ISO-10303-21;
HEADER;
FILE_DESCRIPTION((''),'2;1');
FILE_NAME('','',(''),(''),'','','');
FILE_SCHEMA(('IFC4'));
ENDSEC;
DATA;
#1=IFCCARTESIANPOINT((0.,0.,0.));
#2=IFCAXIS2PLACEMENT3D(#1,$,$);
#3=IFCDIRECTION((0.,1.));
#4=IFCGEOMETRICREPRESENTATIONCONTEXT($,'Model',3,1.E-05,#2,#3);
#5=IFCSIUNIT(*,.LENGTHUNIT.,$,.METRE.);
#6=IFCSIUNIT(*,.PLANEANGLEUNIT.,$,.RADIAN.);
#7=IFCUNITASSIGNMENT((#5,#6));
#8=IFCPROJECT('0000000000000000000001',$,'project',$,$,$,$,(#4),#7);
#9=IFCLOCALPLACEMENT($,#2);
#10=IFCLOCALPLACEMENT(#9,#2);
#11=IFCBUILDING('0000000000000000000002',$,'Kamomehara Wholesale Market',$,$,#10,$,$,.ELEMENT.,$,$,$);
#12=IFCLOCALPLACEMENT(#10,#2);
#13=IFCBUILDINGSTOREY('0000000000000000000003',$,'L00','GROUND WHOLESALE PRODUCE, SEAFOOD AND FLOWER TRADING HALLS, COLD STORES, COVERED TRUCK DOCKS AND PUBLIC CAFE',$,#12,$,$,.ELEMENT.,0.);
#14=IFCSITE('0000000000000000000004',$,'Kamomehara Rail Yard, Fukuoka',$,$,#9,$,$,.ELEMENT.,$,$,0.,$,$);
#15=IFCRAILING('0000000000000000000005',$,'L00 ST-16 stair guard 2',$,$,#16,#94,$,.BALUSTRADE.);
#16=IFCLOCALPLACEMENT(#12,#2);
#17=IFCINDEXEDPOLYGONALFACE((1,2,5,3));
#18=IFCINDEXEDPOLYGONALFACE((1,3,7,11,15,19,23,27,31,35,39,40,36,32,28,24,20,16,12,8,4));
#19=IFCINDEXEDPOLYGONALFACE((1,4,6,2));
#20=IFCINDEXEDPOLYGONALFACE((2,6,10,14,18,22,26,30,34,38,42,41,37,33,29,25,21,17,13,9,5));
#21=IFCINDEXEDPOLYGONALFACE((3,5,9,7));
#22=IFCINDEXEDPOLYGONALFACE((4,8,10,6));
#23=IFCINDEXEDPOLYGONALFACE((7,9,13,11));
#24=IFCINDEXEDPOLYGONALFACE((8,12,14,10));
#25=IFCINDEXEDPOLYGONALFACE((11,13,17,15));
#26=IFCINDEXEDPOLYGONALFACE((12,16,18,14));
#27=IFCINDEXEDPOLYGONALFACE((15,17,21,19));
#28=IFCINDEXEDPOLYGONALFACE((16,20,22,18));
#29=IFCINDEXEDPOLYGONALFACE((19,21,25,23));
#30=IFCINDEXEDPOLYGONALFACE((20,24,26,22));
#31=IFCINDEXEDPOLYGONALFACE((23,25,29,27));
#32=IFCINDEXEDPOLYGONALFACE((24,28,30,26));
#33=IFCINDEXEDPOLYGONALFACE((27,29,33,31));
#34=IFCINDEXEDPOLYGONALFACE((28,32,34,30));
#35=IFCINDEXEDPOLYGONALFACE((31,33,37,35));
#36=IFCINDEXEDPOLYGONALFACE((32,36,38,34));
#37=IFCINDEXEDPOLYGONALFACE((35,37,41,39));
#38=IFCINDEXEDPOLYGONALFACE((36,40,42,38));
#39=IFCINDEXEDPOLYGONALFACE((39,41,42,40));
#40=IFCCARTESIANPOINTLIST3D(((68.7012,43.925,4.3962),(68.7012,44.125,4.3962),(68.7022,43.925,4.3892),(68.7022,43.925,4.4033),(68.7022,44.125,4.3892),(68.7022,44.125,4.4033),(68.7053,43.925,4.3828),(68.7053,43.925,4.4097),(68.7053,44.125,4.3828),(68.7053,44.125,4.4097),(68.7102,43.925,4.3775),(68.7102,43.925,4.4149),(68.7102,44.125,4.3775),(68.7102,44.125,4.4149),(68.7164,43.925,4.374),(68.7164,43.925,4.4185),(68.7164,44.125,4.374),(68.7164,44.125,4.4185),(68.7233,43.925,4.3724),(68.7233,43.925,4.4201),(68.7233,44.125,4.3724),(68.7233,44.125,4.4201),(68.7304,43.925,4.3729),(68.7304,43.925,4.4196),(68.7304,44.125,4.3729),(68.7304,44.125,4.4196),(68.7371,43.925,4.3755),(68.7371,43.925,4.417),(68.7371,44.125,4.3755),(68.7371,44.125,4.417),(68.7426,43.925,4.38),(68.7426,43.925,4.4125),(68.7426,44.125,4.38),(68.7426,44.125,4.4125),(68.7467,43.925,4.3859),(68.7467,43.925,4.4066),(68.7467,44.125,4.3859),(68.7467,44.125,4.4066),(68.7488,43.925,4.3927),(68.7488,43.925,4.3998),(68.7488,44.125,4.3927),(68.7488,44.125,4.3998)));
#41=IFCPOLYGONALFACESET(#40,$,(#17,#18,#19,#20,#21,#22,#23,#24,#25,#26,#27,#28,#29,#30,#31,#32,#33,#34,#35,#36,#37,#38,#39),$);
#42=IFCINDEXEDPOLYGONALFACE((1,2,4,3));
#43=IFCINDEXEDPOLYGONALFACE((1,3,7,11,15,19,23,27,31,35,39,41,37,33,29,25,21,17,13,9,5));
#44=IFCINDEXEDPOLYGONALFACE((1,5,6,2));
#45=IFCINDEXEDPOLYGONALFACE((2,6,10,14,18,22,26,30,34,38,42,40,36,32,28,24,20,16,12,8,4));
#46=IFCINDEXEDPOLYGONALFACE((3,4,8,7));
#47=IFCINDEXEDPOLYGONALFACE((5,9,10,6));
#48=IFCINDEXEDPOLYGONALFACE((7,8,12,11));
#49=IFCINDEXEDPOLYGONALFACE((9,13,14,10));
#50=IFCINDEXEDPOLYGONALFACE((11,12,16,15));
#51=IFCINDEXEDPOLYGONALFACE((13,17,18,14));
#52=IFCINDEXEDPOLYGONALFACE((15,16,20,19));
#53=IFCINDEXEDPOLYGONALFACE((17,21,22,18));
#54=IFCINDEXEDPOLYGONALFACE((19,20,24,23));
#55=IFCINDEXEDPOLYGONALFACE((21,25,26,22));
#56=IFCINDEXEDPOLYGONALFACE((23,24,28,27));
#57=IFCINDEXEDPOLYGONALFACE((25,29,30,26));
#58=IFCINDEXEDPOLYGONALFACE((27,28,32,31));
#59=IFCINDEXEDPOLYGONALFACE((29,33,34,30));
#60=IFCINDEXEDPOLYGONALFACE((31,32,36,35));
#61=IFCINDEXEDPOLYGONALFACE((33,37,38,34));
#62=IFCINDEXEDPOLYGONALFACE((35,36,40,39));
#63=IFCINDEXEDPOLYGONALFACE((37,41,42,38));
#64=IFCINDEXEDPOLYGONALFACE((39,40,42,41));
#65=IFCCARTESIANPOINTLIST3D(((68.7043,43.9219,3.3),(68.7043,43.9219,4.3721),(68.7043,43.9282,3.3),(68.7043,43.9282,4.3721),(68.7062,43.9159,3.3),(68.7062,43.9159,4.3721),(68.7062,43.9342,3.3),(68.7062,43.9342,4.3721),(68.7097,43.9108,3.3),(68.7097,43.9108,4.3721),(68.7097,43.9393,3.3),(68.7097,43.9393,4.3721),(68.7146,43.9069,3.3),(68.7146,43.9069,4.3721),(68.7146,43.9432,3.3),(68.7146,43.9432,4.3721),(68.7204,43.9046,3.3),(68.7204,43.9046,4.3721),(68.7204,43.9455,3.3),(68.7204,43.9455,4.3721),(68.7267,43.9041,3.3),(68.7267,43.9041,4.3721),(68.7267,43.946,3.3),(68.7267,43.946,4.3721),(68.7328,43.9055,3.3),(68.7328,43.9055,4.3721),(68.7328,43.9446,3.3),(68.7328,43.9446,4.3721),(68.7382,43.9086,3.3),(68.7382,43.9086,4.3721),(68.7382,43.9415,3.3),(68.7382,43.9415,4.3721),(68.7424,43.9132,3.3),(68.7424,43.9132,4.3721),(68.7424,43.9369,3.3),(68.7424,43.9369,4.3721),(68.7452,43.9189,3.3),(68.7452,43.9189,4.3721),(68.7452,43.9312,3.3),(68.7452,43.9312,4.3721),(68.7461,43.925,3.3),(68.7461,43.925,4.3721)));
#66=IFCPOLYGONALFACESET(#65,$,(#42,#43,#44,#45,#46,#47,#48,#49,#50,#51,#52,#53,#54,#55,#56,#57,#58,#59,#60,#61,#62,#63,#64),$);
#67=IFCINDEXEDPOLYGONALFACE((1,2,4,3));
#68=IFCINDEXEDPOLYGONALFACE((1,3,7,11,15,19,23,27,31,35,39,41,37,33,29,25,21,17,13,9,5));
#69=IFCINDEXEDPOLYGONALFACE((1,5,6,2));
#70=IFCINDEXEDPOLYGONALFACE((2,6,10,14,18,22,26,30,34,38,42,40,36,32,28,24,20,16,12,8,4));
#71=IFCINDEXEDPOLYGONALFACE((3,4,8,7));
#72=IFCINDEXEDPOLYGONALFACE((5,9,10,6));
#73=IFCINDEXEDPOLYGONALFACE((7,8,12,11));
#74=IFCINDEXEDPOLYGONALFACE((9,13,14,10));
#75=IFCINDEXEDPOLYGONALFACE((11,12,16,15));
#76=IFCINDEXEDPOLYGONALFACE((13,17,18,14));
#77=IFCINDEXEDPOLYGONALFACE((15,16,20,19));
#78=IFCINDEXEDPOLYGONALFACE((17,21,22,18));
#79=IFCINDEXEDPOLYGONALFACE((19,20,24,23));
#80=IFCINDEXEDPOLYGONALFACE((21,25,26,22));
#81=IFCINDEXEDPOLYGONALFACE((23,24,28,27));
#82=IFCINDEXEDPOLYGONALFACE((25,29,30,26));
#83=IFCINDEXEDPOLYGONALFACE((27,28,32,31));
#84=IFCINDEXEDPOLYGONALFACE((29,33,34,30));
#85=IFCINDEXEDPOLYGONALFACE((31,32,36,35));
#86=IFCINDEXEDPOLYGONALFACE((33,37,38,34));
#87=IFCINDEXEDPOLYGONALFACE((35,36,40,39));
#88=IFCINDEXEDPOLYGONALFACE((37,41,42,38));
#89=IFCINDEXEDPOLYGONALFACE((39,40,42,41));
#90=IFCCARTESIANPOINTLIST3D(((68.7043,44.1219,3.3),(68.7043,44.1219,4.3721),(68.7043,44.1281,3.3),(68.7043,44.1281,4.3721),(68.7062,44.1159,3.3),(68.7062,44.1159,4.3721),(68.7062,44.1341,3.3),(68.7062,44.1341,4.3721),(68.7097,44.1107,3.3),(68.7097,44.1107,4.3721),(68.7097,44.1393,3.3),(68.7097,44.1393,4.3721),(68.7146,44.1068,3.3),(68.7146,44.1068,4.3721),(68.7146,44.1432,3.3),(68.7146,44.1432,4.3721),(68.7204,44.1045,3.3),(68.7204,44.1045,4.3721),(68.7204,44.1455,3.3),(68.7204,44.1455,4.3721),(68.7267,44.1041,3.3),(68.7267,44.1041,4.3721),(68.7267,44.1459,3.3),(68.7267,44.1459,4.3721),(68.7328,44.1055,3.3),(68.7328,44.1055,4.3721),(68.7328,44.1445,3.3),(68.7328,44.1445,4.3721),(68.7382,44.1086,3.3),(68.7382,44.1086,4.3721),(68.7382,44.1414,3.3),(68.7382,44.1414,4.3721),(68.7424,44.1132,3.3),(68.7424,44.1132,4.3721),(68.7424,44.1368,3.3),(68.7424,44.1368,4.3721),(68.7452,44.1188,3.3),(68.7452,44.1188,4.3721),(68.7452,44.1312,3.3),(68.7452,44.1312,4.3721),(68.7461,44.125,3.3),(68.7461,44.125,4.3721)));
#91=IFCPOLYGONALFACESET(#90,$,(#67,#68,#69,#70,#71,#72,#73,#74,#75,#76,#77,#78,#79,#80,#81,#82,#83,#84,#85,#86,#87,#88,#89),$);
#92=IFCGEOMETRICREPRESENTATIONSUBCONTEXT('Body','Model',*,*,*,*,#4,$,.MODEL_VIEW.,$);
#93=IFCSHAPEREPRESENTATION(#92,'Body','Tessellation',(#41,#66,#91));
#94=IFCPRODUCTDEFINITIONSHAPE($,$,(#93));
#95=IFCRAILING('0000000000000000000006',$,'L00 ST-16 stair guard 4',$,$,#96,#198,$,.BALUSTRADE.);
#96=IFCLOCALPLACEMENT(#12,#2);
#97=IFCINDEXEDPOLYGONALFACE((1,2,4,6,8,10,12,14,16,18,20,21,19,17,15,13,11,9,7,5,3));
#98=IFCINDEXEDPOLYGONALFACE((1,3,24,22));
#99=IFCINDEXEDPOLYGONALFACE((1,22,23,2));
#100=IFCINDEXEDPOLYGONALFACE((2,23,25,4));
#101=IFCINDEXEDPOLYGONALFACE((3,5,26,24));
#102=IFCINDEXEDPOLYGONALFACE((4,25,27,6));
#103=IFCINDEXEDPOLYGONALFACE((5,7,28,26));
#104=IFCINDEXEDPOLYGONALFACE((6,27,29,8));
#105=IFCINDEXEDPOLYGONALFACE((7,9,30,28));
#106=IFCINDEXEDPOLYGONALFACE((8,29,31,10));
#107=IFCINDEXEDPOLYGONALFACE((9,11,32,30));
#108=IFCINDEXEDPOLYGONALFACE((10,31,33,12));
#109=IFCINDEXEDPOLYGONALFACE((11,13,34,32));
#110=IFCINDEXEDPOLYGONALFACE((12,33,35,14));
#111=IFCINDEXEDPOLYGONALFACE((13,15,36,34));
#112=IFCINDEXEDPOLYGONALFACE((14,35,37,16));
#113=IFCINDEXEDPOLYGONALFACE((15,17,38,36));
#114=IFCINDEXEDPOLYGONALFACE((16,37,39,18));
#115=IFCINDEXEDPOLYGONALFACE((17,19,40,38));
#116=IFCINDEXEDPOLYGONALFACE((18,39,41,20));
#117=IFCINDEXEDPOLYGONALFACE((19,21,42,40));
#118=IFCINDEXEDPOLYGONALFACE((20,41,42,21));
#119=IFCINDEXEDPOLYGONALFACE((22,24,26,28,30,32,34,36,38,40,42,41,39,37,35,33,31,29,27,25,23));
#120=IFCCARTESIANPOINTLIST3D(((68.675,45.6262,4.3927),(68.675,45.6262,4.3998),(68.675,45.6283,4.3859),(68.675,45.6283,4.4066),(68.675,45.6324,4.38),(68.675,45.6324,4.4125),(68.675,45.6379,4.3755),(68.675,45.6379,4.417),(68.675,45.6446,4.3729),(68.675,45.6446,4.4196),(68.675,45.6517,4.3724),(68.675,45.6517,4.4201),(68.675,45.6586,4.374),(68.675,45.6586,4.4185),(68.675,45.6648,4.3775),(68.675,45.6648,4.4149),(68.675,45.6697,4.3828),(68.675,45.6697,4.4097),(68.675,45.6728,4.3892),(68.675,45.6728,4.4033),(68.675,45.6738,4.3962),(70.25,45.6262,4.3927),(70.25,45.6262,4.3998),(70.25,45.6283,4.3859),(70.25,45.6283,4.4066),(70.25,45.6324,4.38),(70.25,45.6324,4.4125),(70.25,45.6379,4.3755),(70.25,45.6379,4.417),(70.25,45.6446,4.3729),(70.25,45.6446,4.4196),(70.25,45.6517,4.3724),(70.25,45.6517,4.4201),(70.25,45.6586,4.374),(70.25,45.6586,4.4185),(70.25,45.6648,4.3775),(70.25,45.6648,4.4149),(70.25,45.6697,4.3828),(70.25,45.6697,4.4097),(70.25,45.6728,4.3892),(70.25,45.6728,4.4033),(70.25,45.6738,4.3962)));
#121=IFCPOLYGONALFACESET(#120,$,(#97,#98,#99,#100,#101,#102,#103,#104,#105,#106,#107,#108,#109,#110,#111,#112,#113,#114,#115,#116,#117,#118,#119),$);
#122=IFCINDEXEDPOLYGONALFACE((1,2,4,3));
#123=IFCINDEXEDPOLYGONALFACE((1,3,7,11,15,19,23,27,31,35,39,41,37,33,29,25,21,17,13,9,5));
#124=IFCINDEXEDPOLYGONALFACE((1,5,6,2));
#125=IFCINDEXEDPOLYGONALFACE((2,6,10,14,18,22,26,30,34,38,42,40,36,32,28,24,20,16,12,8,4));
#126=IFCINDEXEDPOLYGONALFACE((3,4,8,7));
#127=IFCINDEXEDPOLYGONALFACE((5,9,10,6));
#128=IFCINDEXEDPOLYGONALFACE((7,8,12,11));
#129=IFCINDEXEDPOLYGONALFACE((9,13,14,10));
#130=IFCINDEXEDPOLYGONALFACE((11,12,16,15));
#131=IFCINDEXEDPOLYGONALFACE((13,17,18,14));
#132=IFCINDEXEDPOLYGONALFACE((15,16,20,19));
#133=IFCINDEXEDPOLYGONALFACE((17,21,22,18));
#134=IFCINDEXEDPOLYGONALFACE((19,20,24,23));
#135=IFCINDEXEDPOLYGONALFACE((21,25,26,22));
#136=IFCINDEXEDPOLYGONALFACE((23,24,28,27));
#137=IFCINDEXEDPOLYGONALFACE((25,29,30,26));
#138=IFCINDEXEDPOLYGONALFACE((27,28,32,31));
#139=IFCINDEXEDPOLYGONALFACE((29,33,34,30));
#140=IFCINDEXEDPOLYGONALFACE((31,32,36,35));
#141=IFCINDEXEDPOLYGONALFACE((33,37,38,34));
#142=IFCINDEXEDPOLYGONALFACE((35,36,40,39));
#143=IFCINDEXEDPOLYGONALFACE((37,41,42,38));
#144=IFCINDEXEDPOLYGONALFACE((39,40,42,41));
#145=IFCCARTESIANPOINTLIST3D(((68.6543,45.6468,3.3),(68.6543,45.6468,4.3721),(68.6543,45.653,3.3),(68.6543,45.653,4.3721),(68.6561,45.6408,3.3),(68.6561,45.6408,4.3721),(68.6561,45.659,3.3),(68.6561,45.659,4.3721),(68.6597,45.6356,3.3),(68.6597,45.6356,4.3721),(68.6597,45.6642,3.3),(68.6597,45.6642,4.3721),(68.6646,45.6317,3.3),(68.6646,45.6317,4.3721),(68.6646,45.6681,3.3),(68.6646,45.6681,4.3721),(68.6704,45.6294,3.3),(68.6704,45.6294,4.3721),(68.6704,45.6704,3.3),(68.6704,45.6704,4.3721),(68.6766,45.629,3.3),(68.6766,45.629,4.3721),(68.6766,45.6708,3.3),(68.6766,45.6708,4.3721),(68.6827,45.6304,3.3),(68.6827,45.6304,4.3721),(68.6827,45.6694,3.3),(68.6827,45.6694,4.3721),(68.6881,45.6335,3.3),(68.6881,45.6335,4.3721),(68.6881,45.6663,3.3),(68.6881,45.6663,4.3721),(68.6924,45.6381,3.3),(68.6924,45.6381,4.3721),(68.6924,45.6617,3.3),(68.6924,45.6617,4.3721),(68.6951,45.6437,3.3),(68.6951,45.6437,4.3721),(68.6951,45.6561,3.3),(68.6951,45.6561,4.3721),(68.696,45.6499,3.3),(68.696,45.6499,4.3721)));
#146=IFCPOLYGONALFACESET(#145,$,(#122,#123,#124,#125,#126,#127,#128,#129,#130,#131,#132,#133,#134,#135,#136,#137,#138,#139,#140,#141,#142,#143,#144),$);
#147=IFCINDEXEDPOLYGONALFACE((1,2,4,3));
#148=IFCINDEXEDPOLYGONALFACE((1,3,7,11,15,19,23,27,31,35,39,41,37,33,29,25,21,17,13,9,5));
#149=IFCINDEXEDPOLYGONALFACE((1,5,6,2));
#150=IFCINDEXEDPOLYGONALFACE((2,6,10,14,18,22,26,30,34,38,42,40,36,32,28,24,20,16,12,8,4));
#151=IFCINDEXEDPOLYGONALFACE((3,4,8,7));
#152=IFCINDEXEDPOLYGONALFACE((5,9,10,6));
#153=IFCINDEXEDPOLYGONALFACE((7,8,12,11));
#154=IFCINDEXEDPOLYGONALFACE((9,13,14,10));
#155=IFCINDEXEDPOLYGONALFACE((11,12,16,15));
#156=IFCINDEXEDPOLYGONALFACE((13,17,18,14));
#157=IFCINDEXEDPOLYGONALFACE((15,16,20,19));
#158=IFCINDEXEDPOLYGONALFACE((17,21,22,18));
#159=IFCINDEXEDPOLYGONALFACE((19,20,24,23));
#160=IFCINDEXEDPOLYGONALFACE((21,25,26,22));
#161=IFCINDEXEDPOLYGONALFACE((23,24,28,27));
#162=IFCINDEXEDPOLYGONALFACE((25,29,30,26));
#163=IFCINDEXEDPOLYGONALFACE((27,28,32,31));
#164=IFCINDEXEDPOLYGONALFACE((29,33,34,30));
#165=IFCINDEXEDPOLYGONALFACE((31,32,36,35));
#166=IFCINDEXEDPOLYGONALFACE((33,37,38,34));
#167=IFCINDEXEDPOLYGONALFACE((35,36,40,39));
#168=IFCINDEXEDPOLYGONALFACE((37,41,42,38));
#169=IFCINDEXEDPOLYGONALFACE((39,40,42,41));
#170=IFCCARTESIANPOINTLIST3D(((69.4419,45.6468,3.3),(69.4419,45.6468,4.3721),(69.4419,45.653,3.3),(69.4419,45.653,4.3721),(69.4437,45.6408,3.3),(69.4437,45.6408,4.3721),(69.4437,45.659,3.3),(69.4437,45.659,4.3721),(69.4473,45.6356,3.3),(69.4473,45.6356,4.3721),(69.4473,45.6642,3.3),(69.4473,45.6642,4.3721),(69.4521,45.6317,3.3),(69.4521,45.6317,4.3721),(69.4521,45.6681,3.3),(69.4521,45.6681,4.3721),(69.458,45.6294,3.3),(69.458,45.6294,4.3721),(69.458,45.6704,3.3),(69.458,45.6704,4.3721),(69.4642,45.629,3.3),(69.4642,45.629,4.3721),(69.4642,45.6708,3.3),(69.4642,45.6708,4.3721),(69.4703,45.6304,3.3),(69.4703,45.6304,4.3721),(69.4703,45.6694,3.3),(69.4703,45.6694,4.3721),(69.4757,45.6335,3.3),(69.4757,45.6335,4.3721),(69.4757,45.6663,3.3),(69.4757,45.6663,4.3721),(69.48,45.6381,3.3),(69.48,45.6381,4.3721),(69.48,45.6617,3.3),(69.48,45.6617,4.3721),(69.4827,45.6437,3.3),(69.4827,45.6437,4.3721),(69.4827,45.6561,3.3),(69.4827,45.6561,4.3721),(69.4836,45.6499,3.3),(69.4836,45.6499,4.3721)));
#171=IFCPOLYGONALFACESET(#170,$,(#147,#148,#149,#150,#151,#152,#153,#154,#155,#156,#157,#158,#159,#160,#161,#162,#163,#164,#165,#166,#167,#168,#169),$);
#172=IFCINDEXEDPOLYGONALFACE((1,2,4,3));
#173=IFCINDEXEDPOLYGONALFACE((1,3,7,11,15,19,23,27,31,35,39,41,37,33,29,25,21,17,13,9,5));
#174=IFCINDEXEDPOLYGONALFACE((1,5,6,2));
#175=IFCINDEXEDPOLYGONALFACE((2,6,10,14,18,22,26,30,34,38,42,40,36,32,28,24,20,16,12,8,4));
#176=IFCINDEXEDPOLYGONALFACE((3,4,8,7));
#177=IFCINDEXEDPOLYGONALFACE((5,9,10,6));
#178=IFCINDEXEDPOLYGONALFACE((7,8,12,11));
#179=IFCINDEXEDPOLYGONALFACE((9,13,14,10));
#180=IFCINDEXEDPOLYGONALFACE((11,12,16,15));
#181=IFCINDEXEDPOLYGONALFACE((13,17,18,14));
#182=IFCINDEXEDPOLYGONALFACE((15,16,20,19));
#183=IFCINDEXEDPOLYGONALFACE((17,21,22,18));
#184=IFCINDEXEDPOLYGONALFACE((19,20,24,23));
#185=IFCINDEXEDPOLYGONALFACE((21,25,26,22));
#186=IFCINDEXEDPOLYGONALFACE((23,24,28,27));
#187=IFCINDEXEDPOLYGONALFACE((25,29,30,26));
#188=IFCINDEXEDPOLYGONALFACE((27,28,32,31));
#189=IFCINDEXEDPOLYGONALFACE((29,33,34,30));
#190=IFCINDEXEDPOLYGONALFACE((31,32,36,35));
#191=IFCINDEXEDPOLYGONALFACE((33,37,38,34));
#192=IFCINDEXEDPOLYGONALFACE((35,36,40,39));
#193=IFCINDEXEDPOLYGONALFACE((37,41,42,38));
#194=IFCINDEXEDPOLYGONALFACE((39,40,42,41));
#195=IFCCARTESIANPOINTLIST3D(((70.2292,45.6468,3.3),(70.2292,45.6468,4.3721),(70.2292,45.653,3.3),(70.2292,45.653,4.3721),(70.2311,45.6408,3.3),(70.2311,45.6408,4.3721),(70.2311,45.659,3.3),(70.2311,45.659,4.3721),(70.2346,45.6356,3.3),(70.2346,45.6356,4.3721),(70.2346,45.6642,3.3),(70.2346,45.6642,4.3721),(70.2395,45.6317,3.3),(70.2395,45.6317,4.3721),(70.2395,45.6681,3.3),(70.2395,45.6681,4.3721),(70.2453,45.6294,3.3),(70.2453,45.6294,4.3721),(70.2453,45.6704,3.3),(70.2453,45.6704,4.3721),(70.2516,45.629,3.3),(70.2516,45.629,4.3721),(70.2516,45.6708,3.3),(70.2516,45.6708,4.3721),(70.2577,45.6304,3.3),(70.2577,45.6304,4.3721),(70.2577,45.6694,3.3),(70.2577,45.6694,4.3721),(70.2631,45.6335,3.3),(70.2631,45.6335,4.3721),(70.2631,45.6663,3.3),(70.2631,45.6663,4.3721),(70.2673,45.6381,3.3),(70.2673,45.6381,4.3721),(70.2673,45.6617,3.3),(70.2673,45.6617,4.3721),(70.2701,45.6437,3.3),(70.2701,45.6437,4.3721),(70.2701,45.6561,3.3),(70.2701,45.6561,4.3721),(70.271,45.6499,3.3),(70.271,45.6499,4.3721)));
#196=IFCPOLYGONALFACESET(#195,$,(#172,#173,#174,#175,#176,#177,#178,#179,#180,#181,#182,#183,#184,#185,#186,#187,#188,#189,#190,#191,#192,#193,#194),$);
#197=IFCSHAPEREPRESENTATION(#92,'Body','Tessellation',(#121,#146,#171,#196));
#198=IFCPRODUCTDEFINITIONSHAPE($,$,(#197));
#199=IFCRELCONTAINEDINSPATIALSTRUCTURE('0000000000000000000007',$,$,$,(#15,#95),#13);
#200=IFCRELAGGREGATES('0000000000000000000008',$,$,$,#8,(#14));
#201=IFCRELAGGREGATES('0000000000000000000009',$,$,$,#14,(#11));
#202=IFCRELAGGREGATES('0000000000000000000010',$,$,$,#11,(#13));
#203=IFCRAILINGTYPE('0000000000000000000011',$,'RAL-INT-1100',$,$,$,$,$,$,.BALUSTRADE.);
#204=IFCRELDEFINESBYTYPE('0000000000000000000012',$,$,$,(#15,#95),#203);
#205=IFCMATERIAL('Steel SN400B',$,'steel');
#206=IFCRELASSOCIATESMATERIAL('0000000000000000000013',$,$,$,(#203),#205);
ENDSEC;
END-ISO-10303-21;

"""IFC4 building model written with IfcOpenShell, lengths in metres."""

from ifc_helpers import new_model, si_unit, direction, frame, origin, origin_2d, place, context, subcontext, project, spatial, circle, extrude, material, type_object, element, save


model = new_model("IFC4")

# Units and contexts
model_context = context("Model", 3, precision=1e-05, world=origin(), true_north=direction((0.0, 1.0)))
body_context = subcontext(model_context, "Body", "Model", "MODEL_VIEW")
ifc_project = project(units=[si_unit("LENGTHUNIT", "METRE"), si_unit("PLANEANGLEUNIT", "RADIAN")], contexts=[model_context])

# Site, building, storey
site_placement = place(None, origin())
site = spatial("IfcSite", under=ifc_project, at=site_placement, Name="Kamomehara Rail Yard, Fukuoka", CompositionType="ELEMENT", RefElevation=0.0)
building_placement = place(site_placement, origin())
building = spatial("IfcBuilding", under=site, at=building_placement, Name="Kamomehara Wholesale Market", CompositionType="ELEMENT")
storey_placement = place(building_placement, origin())
storey = spatial("IfcBuildingStorey", under=building, at=storey_placement, Name="L00", Description="GROUND WHOLESALE PRODUCE, SEAFOOD AND FLOWER TRADING HALLS, COLD STORES, COVERED TRUCK DOCKS AND PUBLIC CAFE", CompositionType="ELEMENT", Elevation=0.0)

# Railings
ifc_material_1 = material(Name="Steel SN400B", Category="steel")
railing_type_1 = type_object("IfcRailingType", Name="RAL-INT-1100", PredefinedType="BALUSTRADE", material=ifc_material_1)
railing_1_placement = place(storey_placement, frame((68.7251, 43.925, 3.3)))
element("IfcRailing", 1, at=railing_1_placement, inside=storey, type_object=railing_type_1, Name="L00 ST-16 stair guard 2", PredefinedType="BALUSTRADE", context=body_context, shape_type="SweptSolid", body=[
    extrude(circle(Radius=0.0239, at=origin_2d()), frame((0.0, 0.0, 1.0962), z_axis=(0.0, 1.0, 0.0), x_axis=(-1.0, 0.0, 0.0)), (0.0, 0.0, 1.0), 0.2),
    extrude(circle(Radius=0.021, at=origin_2d()), origin(), (0.0, 0.0, 1.0), 1.072),
    extrude(circle(Radius=0.021, at=origin_2d()), frame((0.0, 0.2, 0.0)), (0.0, 0.0, 1.0), 1.072),
])
railing_2_placement = place(storey_placement, frame((68.675, 45.6499, 3.3)))
element("IfcRailing", 2, at=railing_2_placement, inside=storey, type_object=railing_type_1, Name="L00 ST-16 stair guard 4", PredefinedType="BALUSTRADE", context=body_context, shape_type="SweptSolid", body=[
    extrude(circle(Radius=0.0239, at=origin_2d()), frame((0.0, 0.0, 1.0962), z_axis=(1.0, 0.0, 0.0), x_axis=(0.0, 1.0, 0.0)), (0.0, 0.0, 1.0), 1.575),
    extrude(circle(Radius=0.021, at=origin_2d()), origin(), (0.0, 0.0, 1.0), 1.072),
    extrude(circle(Radius=0.021, at=origin_2d()), frame((0.7876, 0.0, 0.0)), (0.0, 0.0, 1.0), 1.072),
    extrude(circle(Radius=0.021, at=origin_2d()), frame((1.575, 0.0, 0.0)), (0.0, 0.0, 1.0), 1.072),
])

save(model, "model.ifc")
